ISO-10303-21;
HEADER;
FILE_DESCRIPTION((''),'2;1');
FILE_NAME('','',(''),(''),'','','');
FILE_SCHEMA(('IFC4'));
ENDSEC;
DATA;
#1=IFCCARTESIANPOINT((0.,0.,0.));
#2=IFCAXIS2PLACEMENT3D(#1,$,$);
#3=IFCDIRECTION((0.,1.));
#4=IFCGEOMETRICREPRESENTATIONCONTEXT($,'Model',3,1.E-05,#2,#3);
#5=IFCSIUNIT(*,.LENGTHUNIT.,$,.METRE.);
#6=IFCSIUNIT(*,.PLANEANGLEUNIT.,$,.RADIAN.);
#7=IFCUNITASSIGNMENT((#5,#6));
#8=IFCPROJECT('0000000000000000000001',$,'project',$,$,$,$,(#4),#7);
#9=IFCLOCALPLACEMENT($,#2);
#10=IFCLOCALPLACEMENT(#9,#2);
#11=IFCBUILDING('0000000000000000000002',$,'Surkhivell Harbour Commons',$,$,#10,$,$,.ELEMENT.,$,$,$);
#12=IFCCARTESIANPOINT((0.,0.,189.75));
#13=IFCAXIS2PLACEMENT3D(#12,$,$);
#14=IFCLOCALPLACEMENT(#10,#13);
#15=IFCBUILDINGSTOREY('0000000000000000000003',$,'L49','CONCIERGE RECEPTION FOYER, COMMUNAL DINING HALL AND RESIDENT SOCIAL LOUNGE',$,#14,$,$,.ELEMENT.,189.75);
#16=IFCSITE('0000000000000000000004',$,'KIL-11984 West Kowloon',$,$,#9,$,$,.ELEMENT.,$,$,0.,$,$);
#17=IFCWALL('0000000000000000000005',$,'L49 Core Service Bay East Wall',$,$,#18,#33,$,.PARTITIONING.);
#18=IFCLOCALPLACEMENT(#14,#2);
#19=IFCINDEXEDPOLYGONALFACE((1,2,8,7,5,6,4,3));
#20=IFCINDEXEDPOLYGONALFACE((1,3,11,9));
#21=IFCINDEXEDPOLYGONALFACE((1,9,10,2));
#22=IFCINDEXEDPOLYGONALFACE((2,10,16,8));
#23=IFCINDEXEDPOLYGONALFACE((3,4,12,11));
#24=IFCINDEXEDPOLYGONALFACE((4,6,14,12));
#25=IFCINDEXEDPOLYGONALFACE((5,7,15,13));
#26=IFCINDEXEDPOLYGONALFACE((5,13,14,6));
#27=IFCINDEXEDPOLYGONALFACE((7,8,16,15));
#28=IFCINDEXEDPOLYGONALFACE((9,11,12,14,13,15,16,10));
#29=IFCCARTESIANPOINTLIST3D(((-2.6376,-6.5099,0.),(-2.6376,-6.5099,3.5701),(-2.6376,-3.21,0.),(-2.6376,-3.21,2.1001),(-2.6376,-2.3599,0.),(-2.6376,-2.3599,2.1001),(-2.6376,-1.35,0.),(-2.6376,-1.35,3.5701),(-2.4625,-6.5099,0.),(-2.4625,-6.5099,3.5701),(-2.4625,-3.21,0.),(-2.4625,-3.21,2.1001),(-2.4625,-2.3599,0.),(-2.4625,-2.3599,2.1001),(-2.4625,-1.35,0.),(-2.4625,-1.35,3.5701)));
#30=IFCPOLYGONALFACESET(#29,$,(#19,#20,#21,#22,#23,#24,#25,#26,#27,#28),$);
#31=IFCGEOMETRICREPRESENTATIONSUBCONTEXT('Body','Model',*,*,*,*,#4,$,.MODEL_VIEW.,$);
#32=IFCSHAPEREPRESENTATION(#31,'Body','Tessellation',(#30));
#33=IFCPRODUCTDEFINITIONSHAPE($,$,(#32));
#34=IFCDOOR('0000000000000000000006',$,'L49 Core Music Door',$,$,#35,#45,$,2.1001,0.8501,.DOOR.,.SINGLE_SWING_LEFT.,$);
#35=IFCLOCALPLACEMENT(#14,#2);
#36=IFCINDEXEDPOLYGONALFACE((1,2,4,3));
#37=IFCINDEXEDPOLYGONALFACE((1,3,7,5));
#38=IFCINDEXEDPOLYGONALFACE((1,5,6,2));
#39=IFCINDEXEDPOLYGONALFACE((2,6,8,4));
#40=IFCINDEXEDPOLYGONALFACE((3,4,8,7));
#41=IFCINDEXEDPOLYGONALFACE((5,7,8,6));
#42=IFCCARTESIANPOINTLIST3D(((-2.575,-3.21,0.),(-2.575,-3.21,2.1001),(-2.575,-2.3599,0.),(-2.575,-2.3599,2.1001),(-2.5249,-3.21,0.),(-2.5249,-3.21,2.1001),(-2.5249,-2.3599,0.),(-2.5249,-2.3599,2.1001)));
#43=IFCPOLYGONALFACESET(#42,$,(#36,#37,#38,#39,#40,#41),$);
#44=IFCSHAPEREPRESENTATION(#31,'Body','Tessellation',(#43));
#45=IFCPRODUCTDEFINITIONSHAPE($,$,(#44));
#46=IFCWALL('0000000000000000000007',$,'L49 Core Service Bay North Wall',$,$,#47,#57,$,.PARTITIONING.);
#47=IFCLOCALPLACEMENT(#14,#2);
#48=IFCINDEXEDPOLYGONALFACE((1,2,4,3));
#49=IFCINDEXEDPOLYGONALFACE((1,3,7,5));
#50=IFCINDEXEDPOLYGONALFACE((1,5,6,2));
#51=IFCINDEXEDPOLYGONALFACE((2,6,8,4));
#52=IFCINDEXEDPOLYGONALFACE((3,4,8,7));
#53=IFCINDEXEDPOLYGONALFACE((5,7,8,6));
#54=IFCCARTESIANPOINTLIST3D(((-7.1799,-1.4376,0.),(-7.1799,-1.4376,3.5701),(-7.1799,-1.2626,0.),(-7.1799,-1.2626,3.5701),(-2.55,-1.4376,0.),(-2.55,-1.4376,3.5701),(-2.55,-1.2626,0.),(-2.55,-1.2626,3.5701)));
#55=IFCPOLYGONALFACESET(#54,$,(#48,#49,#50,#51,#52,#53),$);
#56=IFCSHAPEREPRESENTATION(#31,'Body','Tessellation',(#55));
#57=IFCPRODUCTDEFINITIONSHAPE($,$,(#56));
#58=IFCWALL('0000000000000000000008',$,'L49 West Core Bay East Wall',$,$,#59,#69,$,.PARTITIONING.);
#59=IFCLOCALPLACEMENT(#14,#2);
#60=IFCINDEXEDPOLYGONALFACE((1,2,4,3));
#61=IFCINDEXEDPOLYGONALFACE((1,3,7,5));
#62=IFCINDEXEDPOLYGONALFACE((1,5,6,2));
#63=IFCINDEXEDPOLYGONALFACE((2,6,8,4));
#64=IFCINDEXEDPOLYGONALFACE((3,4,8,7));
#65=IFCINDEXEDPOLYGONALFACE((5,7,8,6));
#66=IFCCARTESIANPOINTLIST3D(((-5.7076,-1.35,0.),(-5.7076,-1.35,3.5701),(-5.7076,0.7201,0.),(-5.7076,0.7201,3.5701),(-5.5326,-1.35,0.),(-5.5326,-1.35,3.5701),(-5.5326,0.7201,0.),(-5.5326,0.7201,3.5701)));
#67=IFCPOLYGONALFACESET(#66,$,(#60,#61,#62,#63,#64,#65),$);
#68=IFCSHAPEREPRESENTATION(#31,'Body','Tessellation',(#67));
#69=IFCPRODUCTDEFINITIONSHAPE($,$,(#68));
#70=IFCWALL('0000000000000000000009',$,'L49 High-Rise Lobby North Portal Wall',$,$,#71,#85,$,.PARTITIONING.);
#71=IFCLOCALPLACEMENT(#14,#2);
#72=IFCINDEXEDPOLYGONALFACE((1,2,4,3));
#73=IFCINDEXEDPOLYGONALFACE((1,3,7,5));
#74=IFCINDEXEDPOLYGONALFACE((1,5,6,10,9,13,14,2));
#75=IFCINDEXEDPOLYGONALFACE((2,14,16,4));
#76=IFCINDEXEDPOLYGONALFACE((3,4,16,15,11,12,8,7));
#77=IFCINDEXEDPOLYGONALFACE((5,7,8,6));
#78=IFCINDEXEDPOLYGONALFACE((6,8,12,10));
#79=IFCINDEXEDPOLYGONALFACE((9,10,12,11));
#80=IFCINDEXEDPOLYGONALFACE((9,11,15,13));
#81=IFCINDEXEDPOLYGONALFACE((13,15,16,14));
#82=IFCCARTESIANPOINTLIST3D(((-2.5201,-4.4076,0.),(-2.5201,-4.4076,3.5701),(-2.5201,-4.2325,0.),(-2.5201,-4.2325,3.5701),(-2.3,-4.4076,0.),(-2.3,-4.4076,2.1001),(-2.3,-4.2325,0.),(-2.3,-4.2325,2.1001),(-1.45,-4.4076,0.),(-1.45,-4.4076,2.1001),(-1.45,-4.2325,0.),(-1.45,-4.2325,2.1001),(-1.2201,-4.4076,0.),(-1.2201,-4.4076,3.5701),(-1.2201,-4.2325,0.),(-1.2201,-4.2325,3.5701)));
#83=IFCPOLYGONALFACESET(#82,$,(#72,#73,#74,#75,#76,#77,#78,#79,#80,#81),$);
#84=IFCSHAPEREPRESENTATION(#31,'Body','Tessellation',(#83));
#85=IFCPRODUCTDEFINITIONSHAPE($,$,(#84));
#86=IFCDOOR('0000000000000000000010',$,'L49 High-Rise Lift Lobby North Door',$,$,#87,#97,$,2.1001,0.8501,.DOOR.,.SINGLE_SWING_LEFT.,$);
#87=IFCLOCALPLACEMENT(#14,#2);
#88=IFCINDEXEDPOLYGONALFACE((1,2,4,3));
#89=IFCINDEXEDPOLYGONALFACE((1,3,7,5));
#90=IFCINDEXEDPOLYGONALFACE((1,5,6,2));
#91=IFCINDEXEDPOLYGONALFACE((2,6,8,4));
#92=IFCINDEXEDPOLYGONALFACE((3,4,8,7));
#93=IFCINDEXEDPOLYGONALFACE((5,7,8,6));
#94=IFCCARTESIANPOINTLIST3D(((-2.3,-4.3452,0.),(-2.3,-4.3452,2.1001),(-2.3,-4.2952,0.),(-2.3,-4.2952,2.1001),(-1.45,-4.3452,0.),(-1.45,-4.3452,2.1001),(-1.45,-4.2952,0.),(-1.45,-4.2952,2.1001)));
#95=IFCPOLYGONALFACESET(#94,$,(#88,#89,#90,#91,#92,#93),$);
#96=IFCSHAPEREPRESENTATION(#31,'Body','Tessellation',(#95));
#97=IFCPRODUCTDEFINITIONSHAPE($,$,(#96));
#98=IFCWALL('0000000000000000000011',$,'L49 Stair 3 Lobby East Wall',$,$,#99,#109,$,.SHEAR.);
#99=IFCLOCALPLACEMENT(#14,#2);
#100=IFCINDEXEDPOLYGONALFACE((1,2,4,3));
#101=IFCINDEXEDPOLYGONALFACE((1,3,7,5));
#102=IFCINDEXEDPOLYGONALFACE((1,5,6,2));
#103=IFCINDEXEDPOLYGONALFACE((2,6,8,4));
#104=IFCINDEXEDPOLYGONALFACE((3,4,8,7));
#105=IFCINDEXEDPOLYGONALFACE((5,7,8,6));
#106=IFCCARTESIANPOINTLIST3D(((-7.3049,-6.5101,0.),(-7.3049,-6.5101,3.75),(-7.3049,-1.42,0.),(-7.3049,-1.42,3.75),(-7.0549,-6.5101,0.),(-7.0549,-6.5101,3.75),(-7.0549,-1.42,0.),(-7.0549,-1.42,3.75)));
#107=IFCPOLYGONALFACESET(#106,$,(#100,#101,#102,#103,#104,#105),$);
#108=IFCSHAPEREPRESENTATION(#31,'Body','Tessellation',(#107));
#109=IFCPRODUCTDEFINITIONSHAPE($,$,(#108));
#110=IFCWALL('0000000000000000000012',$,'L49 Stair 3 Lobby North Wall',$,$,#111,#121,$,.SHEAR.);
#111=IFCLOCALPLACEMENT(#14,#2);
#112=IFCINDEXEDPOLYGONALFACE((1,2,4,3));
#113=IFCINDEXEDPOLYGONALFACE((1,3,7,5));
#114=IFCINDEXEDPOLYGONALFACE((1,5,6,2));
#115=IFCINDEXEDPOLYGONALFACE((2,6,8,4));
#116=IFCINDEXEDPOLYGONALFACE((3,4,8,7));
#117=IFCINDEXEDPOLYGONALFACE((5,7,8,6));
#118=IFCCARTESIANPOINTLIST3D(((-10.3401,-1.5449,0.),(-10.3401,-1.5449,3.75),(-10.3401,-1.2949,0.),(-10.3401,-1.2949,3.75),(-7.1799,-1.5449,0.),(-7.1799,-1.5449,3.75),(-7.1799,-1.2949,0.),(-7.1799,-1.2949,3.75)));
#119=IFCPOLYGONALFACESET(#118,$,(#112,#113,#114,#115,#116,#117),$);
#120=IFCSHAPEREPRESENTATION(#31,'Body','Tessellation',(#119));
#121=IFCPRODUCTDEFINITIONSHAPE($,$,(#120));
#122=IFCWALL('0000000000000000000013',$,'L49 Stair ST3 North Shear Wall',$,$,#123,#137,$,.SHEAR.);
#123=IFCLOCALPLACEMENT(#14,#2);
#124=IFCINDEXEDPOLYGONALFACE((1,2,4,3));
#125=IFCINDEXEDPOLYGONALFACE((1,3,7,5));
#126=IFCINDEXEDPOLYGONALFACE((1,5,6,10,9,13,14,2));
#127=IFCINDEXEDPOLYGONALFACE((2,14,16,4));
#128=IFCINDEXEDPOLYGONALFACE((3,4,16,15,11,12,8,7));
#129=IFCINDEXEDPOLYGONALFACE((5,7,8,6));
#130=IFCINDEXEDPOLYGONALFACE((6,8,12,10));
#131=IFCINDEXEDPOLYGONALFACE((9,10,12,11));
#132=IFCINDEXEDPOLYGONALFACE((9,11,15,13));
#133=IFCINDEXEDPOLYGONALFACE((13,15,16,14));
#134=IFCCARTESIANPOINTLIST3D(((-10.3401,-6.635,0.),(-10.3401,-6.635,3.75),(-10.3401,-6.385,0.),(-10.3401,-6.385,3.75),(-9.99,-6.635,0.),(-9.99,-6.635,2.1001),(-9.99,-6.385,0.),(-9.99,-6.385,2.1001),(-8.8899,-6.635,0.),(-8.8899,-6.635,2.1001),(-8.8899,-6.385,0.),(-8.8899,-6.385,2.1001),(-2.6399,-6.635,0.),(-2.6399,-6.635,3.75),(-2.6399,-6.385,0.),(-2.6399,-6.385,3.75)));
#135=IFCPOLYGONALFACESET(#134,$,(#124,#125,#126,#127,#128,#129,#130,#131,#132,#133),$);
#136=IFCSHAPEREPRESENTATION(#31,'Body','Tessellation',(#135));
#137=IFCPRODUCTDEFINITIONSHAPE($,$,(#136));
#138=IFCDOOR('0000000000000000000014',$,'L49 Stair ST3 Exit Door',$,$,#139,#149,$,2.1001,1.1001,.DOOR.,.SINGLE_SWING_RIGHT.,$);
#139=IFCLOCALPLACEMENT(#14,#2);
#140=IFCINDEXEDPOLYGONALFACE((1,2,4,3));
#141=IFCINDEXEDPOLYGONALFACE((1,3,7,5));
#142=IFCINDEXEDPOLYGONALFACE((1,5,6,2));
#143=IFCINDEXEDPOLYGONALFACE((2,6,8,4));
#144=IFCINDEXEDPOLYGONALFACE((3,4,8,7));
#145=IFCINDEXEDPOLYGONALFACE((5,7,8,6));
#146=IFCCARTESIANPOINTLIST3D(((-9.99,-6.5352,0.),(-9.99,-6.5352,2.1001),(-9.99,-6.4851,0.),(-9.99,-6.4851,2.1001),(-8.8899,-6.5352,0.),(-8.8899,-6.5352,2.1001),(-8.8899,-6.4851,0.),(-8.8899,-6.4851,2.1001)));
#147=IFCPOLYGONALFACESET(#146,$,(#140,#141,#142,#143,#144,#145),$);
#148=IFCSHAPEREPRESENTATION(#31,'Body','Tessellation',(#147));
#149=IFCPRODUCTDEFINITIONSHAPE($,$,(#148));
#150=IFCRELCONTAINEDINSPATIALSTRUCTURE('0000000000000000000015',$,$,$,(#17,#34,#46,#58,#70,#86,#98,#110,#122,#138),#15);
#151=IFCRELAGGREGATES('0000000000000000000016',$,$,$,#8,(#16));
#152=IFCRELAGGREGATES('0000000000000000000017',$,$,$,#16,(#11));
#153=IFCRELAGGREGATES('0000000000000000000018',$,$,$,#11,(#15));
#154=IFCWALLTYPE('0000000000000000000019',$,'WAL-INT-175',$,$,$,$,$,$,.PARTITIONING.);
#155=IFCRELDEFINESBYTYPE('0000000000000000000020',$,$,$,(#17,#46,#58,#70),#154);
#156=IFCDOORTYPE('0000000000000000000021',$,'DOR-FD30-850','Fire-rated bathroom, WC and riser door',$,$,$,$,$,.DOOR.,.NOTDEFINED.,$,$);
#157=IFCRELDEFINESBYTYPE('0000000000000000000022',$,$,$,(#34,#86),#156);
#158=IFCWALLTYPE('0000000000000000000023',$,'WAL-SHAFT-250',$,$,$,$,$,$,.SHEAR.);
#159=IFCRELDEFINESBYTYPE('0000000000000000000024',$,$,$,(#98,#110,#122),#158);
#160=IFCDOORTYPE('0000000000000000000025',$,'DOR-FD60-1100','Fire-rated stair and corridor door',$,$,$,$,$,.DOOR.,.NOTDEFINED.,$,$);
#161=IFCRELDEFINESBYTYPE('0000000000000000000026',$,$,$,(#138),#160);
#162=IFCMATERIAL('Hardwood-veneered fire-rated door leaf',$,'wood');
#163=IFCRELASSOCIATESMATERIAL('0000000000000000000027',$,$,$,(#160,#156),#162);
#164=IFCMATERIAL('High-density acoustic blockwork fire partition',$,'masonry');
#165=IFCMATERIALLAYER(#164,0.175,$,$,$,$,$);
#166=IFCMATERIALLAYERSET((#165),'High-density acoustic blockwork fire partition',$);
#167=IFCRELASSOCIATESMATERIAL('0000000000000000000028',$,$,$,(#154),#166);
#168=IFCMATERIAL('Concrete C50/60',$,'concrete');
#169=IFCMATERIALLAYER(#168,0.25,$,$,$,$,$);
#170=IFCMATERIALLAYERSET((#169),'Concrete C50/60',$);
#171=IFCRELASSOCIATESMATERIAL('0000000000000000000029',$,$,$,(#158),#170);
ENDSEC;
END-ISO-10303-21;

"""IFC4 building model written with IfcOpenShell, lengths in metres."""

from ifc_helpers import new_model, si_unit, direction, frame, frame_2d, origin, place, context, subcontext, project, spatial, rectangle, extrude, material, layer, layer_set, type_object, element, fill, save


model = new_model("IFC4")

# Units and contexts
model_context = context("Model", 3, precision=1e-05, world=origin(), true_north=direction((0.0, 1.0)))
body_context = subcontext(model_context, "Body", "Model", "MODEL_VIEW")
ifc_project = project(units=[si_unit("LENGTHUNIT", "METRE"), si_unit("PLANEANGLEUNIT", "RADIAN")], contexts=[model_context])

# Site, building, storey
site_placement = place(None, origin())
site = spatial("IfcSite", under=ifc_project, at=site_placement, Name="KIL-11984 West Kowloon", CompositionType="ELEMENT", RefElevation=0.0)
building_placement = place(site_placement, origin())
building = spatial("IfcBuilding", under=site, at=building_placement, Name="Surkhivell Harbour Commons", CompositionType="ELEMENT")
storey_placement = place(building_placement, frame((0.0, 0.0, 189.75)))
storey = spatial("IfcBuildingStorey", under=building, at=storey_placement, Name="L49", Description="CONCIERGE RECEPTION FOYER, COMMUNAL DINING HALL AND RESIDENT SOCIAL LOUNGE", CompositionType="ELEMENT", Elevation=189.75)

# Shared definitions
ifc_material_1 = material(Name="Hardwood-veneered fire-rated door leaf", Category="wood")
door_type_1 = type_object("IfcDoorType", Name="DOR-FD60-1100", Description="Fire-rated stair and corridor door", OperationType="NOTDEFINED", PredefinedType="DOOR", material=ifc_material_1)
door_type_2 = type_object("IfcDoorType", Name="DOR-FD30-850", Description="Fire-rated bathroom, WC and riser door", OperationType="NOTDEFINED", PredefinedType="DOOR", material=ifc_material_1)

# Wall, opening, door
ifc_material_2 = material(Name="High-density acoustic blockwork fire partition", Category="masonry")
ifc_layer_1 = layer(ifc_material_2, 0.175)
ifc_layer_set_1 = layer_set([ifc_layer_1], Name="High-density acoustic blockwork fire partition")
wall_type_1 = type_object("IfcWallType", Name="WAL-INT-175", PredefinedType="PARTITIONING", material=ifc_layer_set_1)
wall_1_placement = place(storey_placement, frame((-2.55, -6.51, 0.0), z_axis=(0.0, 0.0, 1.0), x_axis=(0.0, 1.0, 0.0)))
wall_1 = element("IfcWall", 1, at=wall_1_placement, inside=storey, type_object=wall_type_1, Name="L49 Core Service Bay East Wall", PredefinedType="PARTITIONING", context=body_context, shape_type="SweptSolid", body=[
    extrude(rectangle(XDim=5.1599, YDim=0.175, at=frame_2d((2.5801, 0.0))), origin(), (0.0, 0.0, 1.0), 3.5701),
])
opening_1_placement = place(wall_1_placement, frame((3.3, 0.0, 0.0)))
opening_1 = element("IfcOpeningElement", 2, at=opening_1_placement, cuts=wall_1, PredefinedType="OPENING", context=body_context, shape_type="SweptSolid", body=[
    extrude(rectangle(XDim=0.8501, YDim=2.1001, at=frame_2d((0.425, 1.05))), frame((0.0, 0.0974, 0.0), z_axis=(0.0, -1.0, 0.0), x_axis=(1.0, 0.0, 0.0)), (0.0, 0.0, 1.0), 0.1951),
])
door_1_placement = place(opening_1_placement, origin())
door_1 = element("IfcDoor", 3, at=door_1_placement, inside=storey, type_object=door_type_2, Name="L49 Core Music Door", OperationType="SINGLE_SWING_LEFT", OverallHeight=2.1001, OverallWidth=0.8501, PredefinedType="DOOR", context=body_context, shape_type="SweptSolid", body=[
    extrude(rectangle(XDim=0.8501, YDim=2.1001, at=frame_2d((0.425, 1.05))), frame((0.0, 0.0249, 0.0), z_axis=(0.0, -1.0, 0.0), x_axis=(1.0, 0.0, 0.0)), (0.0, 0.0, 1.0), 0.05),
])
fill(opening_1, door_1)

# Walls
wall_2_placement = place(storey_placement, frame((-7.1799, -1.3501, 0.0), z_axis=(0.0, 0.0, 1.0), x_axis=(1.0, 0.0, 0.0)))
element("IfcWall", 4, at=wall_2_placement, inside=storey, type_object=wall_type_1, Name="L49 Core Service Bay North Wall", PredefinedType="PARTITIONING", context=body_context, shape_type="SweptSolid", body=[
    extrude(rectangle(XDim=4.6299, YDim=0.175, at=frame_2d((2.3149, 0.0))), origin(), (0.0, 0.0, 1.0), 3.5701),
])
wall_3_placement = place(storey_placement, frame((-5.6201, -1.3501, 0.0), z_axis=(0.0, 0.0, 1.0), x_axis=(0.0, 1.0, 0.0)))
element("IfcWall", 5, at=wall_3_placement, inside=storey, type_object=wall_type_1, Name="L49 West Core Bay East Wall", PredefinedType="PARTITIONING", context=body_context, shape_type="SweptSolid", body=[
    extrude(rectangle(XDim=2.0701, YDim=0.175, at=frame_2d((1.0352, 0.0))), origin(), (0.0, 0.0, 1.0), 3.5701),
])

# Wall, opening, door
wall_4_placement = place(storey_placement, frame((-2.52, -4.3201, 0.0), z_axis=(0.0, 0.0, 1.0), x_axis=(1.0, 0.0, 0.0)))
wall_4 = element("IfcWall", 6, at=wall_4_placement, inside=storey, type_object=wall_type_1, Name="L49 High-Rise Lobby North Portal Wall", PredefinedType="PARTITIONING", context=body_context, shape_type="SweptSolid", body=[
    extrude(rectangle(XDim=1.3, YDim=0.175, at=frame_2d((0.6499, 0.0))), origin(), (0.0, 0.0, 1.0), 3.5701),
])
opening_2_placement = place(wall_4_placement, frame((0.22, 0.0, 0.0)))
opening_2 = element("IfcOpeningElement", 7, at=opening_2_placement, cuts=wall_4, PredefinedType="OPENING", context=body_context, shape_type="SweptSolid", body=[
    extrude(rectangle(XDim=0.8501, YDim=2.1001, at=frame_2d((0.425, 1.05))), frame((0.0, 0.0974, 0.0), z_axis=(0.0, -1.0, 0.0), x_axis=(1.0, 0.0, 0.0)), (0.0, 0.0, 1.0), 0.1951),
])
door_2_placement = place(opening_2_placement, origin())
door_2 = element("IfcDoor", 8, at=door_2_placement, inside=storey, type_object=door_type_2, Name="L49 High-Rise Lift Lobby North Door", OperationType="SINGLE_SWING_LEFT", OverallHeight=2.1001, OverallWidth=0.8501, PredefinedType="DOOR", context=body_context, shape_type="SweptSolid", body=[
    extrude(rectangle(XDim=0.8501, YDim=2.1001, at=frame_2d((0.425, 1.05))), frame((0.0, 0.0249, 0.0), z_axis=(0.0, -1.0, 0.0), x_axis=(1.0, 0.0, 0.0)), (0.0, 0.0, 1.0), 0.05),
])
fill(opening_2, door_2)

# Walls
ifc_material_3 = material(Name="Concrete C50/60", Category="concrete")
ifc_layer_2 = layer(ifc_material_3, 0.25)
ifc_layer_set_2 = layer_set([ifc_layer_2], Name="Concrete C50/60")
wall_type_2 = type_object("IfcWallType", Name="WAL-SHAFT-250", PredefinedType="SHEAR", material=ifc_layer_set_2)
wall_5_placement = place(storey_placement, frame((-7.1799, -6.51, 0.0), z_axis=(0.0, 0.0, 1.0), x_axis=(0.0, 1.0, 0.0)))
element("IfcWall", 9, at=wall_5_placement, inside=storey, type_object=wall_type_2, Name="L49 Stair 3 Lobby East Wall", PredefinedType="SHEAR", context=body_context, shape_type="SweptSolid", body=[
    extrude(rectangle(XDim=5.0901, YDim=0.25, at=frame_2d((2.5449, 0.0))), origin(), (0.0, 0.0, 1.0), 3.75),
])
wall_6_placement = place(storey_placement, frame((-10.3401, -1.4199, 0.0), z_axis=(0.0, 0.0, 1.0), x_axis=(1.0, 0.0, 0.0)))
element("IfcWall", 10, at=wall_6_placement, inside=storey, type_object=wall_type_2, Name="L49 Stair 3 Lobby North Wall", PredefinedType="SHEAR", context=body_context, shape_type="SweptSolid", body=[
    extrude(rectangle(XDim=3.1602, YDim=0.25, at=frame_2d((1.5801, 0.0))), origin(), (0.0, 0.0, 1.0), 3.75),
])

# Wall, opening, door
wall_7_placement = place(storey_placement, frame((-10.3401, -6.51, 0.0), z_axis=(0.0, 0.0, 1.0), x_axis=(1.0, 0.0, 0.0)))
wall_7 = element("IfcWall", 11, at=wall_7_placement, inside=storey, type_object=wall_type_2, Name="L49 Stair ST3 North Shear Wall", PredefinedType="SHEAR", context=body_context, shape_type="SweptSolid", body=[
    extrude(rectangle(XDim=7.7002, YDim=0.25, at=frame_2d((3.8501, 0.0))), origin(), (0.0, 0.0, 1.0), 3.75),
])
opening_3_placement = place(wall_7_placement, frame((0.3501, 0.0, 0.0)))
opening_3 = element("IfcOpeningElement", 12, at=opening_3_placement, cuts=wall_7, PredefinedType="OPENING", context=body_context, shape_type="SweptSolid", body=[
    extrude(rectangle(XDim=1.1001, YDim=2.1001, at=frame_2d((0.55, 1.05))), frame((0.0, 0.135, 0.0), z_axis=(0.0, -1.0, 0.0), x_axis=(1.0, 0.0, 0.0)), (0.0, 0.0, 1.0), 0.27),
])
door_3_placement = place(opening_3_placement, origin())
door_3 = element("IfcDoor", 13, at=door_3_placement, inside=storey, type_object=door_type_1, Name="L49 Stair ST3 Exit Door", OperationType="SINGLE_SWING_RIGHT", OverallHeight=2.1001, OverallWidth=1.1001, PredefinedType="DOOR", context=body_context, shape_type="SweptSolid", body=[
    extrude(rectangle(XDim=1.1001, YDim=2.1001, at=frame_2d((0.55, 1.05))), frame((0.0, 0.0249, 0.0), z_axis=(0.0, -1.0, 0.0), x_axis=(1.0, 0.0, 0.0)), (0.0, 0.0, 1.0), 0.05),
])
fill(opening_3, door_3)

save(model, "model.ifc")
